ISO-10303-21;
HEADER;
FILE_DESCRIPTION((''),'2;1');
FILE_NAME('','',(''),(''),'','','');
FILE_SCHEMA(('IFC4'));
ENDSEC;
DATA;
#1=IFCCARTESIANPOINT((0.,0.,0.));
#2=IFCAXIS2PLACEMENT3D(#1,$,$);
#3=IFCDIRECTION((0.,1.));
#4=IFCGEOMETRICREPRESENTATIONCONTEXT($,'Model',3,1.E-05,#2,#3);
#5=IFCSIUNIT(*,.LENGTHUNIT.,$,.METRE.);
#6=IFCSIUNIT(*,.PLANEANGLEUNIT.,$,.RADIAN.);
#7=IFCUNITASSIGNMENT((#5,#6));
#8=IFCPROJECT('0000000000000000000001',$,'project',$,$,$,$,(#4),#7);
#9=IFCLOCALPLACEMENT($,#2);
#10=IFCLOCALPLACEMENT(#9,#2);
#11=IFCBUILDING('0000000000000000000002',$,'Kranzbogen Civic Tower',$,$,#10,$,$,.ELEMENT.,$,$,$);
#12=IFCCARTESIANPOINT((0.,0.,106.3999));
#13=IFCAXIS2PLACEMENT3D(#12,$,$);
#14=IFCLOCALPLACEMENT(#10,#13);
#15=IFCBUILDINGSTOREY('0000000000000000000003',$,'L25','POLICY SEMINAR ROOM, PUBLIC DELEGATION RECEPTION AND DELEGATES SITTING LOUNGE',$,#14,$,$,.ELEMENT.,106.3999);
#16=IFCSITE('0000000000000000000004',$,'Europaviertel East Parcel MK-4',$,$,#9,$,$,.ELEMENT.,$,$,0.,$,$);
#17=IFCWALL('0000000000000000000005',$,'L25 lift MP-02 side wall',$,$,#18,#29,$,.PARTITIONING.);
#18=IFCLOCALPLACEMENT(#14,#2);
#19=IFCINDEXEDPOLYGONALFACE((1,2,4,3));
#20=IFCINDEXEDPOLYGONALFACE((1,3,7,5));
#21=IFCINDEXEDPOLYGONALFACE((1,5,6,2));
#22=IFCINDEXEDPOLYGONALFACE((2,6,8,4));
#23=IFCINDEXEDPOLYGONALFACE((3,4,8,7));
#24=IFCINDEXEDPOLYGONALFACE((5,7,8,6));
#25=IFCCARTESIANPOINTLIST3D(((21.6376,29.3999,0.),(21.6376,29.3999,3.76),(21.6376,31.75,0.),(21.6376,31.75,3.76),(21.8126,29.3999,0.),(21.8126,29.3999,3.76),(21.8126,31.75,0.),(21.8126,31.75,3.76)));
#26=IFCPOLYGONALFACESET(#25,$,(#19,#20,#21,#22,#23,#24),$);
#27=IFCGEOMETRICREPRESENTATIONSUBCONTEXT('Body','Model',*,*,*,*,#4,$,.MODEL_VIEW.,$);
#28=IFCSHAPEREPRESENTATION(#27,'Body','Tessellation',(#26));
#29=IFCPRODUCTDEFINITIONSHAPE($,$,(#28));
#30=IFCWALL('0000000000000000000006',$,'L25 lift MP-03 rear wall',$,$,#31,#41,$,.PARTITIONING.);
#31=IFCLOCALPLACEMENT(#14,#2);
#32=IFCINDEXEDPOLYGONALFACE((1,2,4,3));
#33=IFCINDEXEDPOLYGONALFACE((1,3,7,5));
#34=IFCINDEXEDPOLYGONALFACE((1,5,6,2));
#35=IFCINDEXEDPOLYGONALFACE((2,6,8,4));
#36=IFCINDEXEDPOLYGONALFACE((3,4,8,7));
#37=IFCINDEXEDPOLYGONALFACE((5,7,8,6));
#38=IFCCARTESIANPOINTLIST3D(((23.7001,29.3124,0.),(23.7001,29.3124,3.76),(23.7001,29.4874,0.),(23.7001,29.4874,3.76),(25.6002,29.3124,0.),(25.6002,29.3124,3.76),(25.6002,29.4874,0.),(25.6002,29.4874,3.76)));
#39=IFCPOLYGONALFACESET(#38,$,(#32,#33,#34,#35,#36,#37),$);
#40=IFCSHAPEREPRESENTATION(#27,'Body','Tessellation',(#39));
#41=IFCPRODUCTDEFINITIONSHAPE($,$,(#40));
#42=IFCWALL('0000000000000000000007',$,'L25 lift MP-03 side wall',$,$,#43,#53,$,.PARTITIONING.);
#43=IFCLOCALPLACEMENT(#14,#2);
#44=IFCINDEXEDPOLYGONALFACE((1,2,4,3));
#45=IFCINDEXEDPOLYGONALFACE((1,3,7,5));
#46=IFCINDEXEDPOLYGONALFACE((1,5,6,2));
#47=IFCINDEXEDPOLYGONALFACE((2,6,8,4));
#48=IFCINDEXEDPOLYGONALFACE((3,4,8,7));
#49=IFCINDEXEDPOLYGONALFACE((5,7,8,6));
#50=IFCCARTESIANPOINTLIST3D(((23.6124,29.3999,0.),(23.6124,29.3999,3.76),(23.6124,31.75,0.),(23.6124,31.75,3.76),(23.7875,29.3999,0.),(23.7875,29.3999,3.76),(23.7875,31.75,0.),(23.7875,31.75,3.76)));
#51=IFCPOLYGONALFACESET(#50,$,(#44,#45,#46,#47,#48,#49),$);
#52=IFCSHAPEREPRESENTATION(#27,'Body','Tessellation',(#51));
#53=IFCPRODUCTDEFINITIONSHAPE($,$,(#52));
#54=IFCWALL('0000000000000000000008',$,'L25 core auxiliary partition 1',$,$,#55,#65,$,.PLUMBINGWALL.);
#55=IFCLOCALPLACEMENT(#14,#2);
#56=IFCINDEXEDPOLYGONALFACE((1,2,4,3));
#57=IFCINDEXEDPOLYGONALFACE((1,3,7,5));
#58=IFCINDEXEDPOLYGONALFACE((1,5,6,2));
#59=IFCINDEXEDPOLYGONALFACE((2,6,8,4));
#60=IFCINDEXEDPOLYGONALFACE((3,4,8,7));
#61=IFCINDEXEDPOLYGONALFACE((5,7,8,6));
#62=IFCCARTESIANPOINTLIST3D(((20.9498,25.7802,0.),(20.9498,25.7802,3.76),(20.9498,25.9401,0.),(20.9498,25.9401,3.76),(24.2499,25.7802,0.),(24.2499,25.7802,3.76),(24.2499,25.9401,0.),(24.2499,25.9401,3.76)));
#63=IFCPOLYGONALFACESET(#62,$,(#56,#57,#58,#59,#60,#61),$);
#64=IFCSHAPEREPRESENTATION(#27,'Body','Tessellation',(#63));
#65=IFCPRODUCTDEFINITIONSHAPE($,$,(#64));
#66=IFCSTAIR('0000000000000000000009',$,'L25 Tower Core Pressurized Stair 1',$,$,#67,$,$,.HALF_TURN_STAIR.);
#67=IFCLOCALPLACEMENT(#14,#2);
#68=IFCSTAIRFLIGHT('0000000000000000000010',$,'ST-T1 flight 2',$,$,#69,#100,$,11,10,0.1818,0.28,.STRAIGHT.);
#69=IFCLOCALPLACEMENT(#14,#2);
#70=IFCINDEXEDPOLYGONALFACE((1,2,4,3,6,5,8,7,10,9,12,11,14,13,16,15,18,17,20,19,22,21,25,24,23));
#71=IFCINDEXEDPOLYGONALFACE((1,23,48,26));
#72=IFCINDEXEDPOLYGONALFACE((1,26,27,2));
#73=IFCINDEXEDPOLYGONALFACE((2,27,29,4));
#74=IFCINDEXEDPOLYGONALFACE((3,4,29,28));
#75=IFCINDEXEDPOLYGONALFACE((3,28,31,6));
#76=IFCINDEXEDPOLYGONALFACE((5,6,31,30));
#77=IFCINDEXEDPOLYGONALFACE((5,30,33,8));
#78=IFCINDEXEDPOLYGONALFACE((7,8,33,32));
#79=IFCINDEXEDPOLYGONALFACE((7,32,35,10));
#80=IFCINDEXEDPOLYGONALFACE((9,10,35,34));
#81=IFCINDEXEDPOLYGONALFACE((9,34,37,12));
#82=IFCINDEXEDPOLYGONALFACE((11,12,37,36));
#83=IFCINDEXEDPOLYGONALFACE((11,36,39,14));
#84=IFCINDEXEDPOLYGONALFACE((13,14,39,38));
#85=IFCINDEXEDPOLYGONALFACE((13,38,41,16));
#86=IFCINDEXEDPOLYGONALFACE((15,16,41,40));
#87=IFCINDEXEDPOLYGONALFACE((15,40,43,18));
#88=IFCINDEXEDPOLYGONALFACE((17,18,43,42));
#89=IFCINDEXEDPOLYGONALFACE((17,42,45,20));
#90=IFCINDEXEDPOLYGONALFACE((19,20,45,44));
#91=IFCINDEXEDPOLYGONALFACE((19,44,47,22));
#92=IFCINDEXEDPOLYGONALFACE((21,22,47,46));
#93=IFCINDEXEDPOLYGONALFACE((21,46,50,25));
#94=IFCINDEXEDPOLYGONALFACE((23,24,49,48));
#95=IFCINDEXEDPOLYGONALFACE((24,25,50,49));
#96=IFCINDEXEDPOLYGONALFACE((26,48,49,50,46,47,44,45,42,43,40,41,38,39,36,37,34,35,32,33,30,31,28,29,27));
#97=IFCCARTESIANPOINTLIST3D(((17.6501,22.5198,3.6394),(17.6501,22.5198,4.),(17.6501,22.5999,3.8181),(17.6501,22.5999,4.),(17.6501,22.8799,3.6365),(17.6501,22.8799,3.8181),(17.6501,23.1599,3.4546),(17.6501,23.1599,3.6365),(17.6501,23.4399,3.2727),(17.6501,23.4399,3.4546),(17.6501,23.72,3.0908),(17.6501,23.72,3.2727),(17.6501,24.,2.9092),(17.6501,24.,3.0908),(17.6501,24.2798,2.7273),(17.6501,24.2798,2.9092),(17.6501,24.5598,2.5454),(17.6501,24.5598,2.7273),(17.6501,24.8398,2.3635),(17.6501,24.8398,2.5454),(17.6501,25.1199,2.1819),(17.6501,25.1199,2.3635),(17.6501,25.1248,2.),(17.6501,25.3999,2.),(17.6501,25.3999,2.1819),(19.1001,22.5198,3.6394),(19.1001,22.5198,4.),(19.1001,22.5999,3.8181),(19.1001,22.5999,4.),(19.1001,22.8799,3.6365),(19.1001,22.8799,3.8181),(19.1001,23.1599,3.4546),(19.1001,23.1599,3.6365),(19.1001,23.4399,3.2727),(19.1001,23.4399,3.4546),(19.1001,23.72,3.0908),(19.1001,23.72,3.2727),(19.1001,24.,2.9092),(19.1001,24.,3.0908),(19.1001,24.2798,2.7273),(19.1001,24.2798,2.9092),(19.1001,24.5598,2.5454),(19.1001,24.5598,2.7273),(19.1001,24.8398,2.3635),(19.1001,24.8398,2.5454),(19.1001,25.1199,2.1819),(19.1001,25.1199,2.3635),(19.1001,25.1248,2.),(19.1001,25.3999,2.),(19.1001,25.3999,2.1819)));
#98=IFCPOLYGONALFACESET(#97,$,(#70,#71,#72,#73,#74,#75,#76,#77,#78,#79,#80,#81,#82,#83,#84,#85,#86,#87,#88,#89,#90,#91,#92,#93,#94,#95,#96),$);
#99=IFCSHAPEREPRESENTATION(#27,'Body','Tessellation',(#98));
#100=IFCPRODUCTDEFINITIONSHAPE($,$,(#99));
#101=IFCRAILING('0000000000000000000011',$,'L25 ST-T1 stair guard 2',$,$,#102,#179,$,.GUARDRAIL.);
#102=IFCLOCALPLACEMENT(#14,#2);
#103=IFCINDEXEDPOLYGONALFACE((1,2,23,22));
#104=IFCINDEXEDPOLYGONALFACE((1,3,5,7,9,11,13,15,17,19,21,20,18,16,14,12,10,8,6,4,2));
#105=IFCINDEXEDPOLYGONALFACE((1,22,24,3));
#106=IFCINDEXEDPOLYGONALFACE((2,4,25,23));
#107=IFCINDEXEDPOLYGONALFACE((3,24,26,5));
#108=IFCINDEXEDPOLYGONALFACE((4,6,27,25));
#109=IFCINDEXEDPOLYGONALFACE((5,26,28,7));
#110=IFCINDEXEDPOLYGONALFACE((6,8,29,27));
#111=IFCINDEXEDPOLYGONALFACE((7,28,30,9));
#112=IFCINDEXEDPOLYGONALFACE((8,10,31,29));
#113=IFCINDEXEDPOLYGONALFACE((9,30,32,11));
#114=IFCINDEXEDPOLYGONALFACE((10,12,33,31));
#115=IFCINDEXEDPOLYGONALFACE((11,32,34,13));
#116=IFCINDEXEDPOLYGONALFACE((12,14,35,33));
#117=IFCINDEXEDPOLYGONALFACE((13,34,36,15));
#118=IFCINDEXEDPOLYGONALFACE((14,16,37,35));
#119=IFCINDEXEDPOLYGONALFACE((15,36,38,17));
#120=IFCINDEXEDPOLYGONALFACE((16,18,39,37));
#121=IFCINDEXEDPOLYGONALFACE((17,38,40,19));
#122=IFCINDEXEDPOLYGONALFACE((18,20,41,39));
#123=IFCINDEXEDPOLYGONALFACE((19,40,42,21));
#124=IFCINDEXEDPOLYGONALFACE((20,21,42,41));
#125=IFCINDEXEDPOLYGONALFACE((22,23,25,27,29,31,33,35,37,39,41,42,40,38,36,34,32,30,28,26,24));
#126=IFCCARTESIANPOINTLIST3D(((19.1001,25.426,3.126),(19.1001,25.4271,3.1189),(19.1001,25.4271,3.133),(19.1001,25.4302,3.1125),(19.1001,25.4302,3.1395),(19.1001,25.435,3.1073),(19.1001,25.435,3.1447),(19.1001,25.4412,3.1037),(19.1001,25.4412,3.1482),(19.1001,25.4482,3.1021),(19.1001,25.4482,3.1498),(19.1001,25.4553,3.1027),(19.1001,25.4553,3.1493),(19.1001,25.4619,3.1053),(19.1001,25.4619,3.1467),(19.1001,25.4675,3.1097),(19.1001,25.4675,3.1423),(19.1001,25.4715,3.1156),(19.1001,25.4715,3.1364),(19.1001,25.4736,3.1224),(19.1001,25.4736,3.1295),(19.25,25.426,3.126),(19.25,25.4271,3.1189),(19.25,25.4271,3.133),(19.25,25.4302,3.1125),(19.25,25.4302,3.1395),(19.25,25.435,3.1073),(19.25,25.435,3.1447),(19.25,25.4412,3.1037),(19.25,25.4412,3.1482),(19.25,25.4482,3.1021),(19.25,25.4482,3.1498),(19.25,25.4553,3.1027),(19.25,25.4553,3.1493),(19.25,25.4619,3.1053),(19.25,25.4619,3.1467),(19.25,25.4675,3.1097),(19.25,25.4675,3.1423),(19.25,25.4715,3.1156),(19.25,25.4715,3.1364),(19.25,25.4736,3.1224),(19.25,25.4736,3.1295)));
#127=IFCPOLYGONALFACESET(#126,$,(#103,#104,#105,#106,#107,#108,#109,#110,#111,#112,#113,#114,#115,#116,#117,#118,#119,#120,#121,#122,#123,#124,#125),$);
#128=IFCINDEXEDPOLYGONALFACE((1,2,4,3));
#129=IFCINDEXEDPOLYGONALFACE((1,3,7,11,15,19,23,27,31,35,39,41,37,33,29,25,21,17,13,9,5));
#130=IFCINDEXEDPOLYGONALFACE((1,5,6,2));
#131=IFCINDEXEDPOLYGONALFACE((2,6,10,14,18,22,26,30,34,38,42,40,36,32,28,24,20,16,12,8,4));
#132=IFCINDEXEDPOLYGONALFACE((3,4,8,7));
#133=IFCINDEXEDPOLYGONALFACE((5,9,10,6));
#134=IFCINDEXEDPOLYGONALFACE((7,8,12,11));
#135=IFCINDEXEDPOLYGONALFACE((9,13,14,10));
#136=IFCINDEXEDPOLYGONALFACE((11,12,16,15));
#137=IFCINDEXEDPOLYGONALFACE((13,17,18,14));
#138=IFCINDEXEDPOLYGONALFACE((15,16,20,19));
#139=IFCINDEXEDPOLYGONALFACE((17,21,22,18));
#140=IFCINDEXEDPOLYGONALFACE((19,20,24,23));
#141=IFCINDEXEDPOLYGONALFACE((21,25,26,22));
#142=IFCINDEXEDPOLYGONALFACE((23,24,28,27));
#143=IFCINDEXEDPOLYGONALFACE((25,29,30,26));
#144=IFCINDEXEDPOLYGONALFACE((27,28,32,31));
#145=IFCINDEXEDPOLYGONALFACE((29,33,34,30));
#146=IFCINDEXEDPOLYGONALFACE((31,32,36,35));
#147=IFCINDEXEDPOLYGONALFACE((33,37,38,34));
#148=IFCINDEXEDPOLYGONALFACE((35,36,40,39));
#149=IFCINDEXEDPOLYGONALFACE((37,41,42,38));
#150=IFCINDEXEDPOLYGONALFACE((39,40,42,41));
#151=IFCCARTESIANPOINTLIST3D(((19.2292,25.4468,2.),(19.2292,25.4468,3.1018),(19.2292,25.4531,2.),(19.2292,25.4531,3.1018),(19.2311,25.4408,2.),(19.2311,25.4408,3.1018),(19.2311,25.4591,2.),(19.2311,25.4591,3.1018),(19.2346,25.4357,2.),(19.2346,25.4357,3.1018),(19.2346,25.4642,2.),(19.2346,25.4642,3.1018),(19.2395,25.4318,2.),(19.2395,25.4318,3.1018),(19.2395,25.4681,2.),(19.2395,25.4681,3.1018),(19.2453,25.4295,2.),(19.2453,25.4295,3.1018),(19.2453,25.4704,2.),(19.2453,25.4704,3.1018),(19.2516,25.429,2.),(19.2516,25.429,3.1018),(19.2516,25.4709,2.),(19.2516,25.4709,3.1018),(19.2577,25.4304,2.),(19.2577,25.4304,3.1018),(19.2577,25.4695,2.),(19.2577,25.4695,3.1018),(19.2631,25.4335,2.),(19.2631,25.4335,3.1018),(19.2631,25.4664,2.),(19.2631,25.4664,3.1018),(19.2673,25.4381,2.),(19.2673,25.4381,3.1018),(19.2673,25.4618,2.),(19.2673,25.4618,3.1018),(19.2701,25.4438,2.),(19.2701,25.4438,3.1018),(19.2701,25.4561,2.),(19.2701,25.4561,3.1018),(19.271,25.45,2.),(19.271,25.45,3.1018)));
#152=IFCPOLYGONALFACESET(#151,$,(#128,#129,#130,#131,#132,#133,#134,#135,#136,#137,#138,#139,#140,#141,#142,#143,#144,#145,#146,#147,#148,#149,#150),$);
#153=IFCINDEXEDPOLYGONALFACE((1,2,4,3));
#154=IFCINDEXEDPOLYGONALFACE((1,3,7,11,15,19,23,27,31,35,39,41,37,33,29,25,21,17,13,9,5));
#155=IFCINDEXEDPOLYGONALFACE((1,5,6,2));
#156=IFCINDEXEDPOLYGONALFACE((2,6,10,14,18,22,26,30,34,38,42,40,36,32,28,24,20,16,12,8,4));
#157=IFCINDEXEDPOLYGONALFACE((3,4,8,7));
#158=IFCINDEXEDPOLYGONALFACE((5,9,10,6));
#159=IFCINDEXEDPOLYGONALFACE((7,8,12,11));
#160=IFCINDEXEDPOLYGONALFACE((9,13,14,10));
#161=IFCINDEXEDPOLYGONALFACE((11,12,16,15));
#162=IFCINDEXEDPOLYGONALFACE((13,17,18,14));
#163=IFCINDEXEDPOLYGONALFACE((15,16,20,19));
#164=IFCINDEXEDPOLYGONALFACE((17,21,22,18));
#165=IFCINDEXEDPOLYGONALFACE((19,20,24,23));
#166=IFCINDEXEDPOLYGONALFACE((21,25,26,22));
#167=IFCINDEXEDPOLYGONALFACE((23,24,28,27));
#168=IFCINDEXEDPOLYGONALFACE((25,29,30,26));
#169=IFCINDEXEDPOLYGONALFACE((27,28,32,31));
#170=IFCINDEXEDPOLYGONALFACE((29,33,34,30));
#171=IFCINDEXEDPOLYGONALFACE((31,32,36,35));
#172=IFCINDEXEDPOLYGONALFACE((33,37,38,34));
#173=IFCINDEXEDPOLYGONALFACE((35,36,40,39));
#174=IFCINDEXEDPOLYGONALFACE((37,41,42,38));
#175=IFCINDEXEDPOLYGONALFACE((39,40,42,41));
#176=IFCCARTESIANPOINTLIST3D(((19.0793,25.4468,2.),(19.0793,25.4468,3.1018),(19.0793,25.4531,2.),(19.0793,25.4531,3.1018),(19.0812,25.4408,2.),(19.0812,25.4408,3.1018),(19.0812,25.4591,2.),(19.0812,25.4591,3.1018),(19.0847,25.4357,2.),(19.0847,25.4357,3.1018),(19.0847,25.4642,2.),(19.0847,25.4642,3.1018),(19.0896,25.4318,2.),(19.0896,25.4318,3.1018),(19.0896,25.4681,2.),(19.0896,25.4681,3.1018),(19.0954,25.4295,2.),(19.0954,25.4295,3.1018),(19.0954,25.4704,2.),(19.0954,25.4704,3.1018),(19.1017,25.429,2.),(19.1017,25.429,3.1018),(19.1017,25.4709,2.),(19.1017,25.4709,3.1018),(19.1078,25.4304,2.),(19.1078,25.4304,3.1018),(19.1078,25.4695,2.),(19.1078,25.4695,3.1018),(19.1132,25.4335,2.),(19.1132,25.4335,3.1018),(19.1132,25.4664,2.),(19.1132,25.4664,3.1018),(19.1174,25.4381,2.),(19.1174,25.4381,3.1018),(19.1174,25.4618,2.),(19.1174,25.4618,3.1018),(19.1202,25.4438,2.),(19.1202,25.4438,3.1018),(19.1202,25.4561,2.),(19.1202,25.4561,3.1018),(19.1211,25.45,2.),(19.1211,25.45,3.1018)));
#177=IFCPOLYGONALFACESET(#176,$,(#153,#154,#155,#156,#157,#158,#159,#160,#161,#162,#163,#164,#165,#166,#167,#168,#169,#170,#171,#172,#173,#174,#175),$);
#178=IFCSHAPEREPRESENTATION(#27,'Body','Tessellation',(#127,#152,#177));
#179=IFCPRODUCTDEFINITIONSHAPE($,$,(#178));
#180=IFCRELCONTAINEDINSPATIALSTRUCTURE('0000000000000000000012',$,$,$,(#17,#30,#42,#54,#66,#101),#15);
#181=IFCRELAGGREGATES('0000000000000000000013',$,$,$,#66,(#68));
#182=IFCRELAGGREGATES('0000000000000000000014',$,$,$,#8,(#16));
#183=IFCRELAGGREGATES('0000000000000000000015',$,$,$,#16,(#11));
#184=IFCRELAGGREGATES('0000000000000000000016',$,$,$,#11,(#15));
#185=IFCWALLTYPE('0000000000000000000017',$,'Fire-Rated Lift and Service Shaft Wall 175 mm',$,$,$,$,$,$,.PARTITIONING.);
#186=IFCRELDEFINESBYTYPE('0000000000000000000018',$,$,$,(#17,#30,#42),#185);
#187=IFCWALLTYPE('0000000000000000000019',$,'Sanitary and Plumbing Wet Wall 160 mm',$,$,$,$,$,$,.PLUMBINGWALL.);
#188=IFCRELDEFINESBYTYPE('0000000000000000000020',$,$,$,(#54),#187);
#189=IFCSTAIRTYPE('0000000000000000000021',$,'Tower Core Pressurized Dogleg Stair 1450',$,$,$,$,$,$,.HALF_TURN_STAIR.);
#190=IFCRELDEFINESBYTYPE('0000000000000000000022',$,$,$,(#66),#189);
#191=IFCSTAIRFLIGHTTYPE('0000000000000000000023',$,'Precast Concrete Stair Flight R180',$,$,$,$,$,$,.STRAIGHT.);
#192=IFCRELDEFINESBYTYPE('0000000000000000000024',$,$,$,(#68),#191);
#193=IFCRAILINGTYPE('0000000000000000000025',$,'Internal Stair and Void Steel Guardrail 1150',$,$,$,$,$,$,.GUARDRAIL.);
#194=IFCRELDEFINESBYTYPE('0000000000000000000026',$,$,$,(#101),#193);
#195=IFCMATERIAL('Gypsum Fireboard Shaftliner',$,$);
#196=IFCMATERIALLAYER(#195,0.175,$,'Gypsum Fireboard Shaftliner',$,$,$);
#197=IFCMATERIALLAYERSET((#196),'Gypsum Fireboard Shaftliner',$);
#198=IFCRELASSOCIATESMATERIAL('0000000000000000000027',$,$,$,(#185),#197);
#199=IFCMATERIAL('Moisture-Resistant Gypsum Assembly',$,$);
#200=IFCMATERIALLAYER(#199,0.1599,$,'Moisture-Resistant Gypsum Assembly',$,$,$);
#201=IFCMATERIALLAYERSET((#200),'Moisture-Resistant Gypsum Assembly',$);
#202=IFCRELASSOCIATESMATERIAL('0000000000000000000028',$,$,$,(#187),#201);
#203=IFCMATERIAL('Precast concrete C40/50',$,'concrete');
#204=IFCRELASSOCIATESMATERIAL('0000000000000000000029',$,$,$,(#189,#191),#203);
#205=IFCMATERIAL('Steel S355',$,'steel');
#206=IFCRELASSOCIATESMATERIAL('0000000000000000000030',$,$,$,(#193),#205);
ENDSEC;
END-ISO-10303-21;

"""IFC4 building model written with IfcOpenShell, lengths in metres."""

from ifc_helpers import new_model, si_unit, direction, frame, frame_2d, origin, origin_2d, place, context, subcontext, project, spatial, polyline, rectangle, circle, outline, extrude, material, layer, layer_set, type_object, element, aggregate, save


model = new_model("IFC4")

# Units and contexts
model_context = context("Model", 3, precision=1e-05, world=origin(), true_north=direction((0.0, 1.0)))
body_context = subcontext(model_context, "Body", "Model", "MODEL_VIEW")
ifc_project = project(units=[si_unit("LENGTHUNIT", "METRE"), si_unit("PLANEANGLEUNIT", "RADIAN")], contexts=[model_context])

# Site, building, storey
site_placement = place(None, origin())
site = spatial("IfcSite", under=ifc_project, at=site_placement, Name="Europaviertel East Parcel MK-4", CompositionType="ELEMENT", RefElevation=0.0)
building_placement = place(site_placement, origin())
building = spatial("IfcBuilding", under=site, at=building_placement, Name="Kranzbogen Civic Tower", CompositionType="ELEMENT")
storey_placement = place(building_placement, frame((0.0, 0.0, 106.3999)))
storey = spatial("IfcBuildingStorey", under=building, at=storey_placement, Name="L25", Description="POLICY SEMINAR ROOM, PUBLIC DELEGATION RECEPTION AND DELEGATES SITTING LOUNGE", CompositionType="ELEMENT", Elevation=106.3999)

# Shared definitions
ifc_material_1 = material(Name="Steel S355", Category="steel")

# Walls
ifc_material_2 = material(Name="Gypsum Fireboard Shaftliner")
ifc_layer_1 = layer(ifc_material_2, 0.175, Name="Gypsum Fireboard Shaftliner")
ifc_layer_set_1 = layer_set([ifc_layer_1], Name="Gypsum Fireboard Shaftliner")
wall_type_1 = type_object("IfcWallType", Name="Fire-Rated Lift and Service Shaft Wall 175 mm", PredefinedType="PARTITIONING", material=ifc_layer_set_1)
wall_1_placement = place(storey_placement, frame((21.7251, 29.3999, 0.0), z_axis=(0.0, 0.0, 1.0), x_axis=(0.0, 1.0, 0.0)))
element("IfcWall", 1, at=wall_1_placement, inside=storey, type_object=wall_type_1, Name="L25 lift MP-02 side wall", PredefinedType="PARTITIONING", context=body_context, shape_type="SweptSolid", body=[
    extrude(rectangle(XDim=2.3501, YDim=0.175, at=frame_2d((1.175, 0.0))), origin(), (0.0, 0.0, 1.0), 3.76),
])
wall_2_placement = place(storey_placement, frame((23.7, 29.3999, 0.0), z_axis=(0.0, 0.0, 1.0), x_axis=(1.0, 0.0, 0.0)))
element("IfcWall", 2, at=wall_2_placement, inside=storey, type_object=wall_type_1, Name="L25 lift MP-03 rear wall", PredefinedType="PARTITIONING", context=body_context, shape_type="SweptSolid", body=[
    extrude(rectangle(XDim=1.9001, YDim=0.175, at=frame_2d((0.9502, 0.0))), origin(), (0.0, 0.0, 1.0), 3.76),
])
wall_3_placement = place(storey_placement, frame((23.7, 29.3999, 0.0), z_axis=(0.0, 0.0, 1.0), x_axis=(0.0, 1.0, 0.0)))
element("IfcWall", 3, at=wall_3_placement, inside=storey, type_object=wall_type_1, Name="L25 lift MP-03 side wall", PredefinedType="PARTITIONING", context=body_context, shape_type="SweptSolid", body=[
    extrude(rectangle(XDim=2.3501, YDim=0.175, at=frame_2d((1.175, 0.0))), origin(), (0.0, 0.0, 1.0), 3.76),
])
ifc_material_3 = material(Name="Moisture-Resistant Gypsum Assembly")
ifc_layer_2 = layer(ifc_material_3, 0.1599, Name="Moisture-Resistant Gypsum Assembly")
ifc_layer_set_2 = layer_set([ifc_layer_2], Name="Moisture-Resistant Gypsum Assembly")
wall_type_2 = type_object("IfcWallType", Name="Sanitary and Plumbing Wet Wall 160 mm", PredefinedType="PLUMBINGWALL", material=ifc_layer_set_2)
wall_4_placement = place(storey_placement, frame((20.95, 25.8601, 0.0), z_axis=(0.0, 0.0, 1.0), x_axis=(1.0, 0.0, 0.0)))
element("IfcWall", 4, at=wall_4_placement, inside=storey, type_object=wall_type_2, Name="L25 core auxiliary partition 1", PredefinedType="PLUMBINGWALL", context=body_context, shape_type="SweptSolid", body=[
    extrude(rectangle(XDim=3.3, YDim=0.1599, at=frame_2d((1.6499, 0.0))), origin(), (0.0, 0.0, 1.0), 3.76),
])

# Stair, stair flight
ifc_material_4 = material(Name="Precast concrete C40/50", Category="concrete")
stair_type = type_object("IfcStairType", Name="Tower Core Pressurized Dogleg Stair 1450", PredefinedType="HALF_TURN_STAIR", material=ifc_material_4)
stair_placement = place(storey_placement, origin())
stair = element("IfcStair", 5, at=stair_placement, inside=storey, type_object=stair_type, Name="L25 Tower Core Pressurized Stair 1", PredefinedType="HALF_TURN_STAIR")
stair_flight_type = type_object("IfcStairFlightType", Name="Precast Concrete Stair Flight R180", PredefinedType="STRAIGHT", material=ifc_material_4)
stair_flight_placement = place(storey_placement, frame((18.375, 25.3999, 2.0), z_axis=(0.0, 0.0, 1.0), x_axis=(0.0, -1.0, 0.0)))
stair_flight = element("IfcStairFlight", 6, at=stair_flight_placement, type_object=stair_flight_type, Name="ST-T1 flight 2", NumberOfRisers=11, NumberOfTreads=10, PredefinedType="STRAIGHT", RiserHeight=0.1818, TreadLength=0.28, context=body_context, shape_type="SweptSolid", body=[
    extrude(outline(polyline([(0.0, 0.0), (0.0, 0.1819), (0.28, 0.1819), (0.28, 0.3635), (0.5601, 0.3635), (0.5601, 0.5454), (0.8401, 0.5454), (0.8401, 0.7273), (1.1201, 0.7273), (1.1201, 0.9092), (1.3999, 0.9092), (1.3999, 1.0908), (1.6799, 1.0908), (1.6799, 1.2727), (1.96, 1.2727), (1.96, 1.4546), (2.24, 1.4546), (2.24, 1.6365), (2.52, 1.6365), (2.52, 1.8181), (2.8, 1.8181), (2.8, 2.0), (2.8801, 2.0), (2.8801, 1.6394), (0.2751, 0.0), (0.0, 0.0)])), frame((0.0, 0.7251, 0.0), z_axis=(0.0, -1.0, 0.0), x_axis=(1.0, 0.0, 0.0)), (0.0, 0.0, 1.0), 1.45),
])
aggregate(stair, [stair_flight])

# Railing
railing_type_1 = type_object("IfcRailingType", Name="Internal Stair and Void Steel Guardrail 1150", PredefinedType="GUARDRAIL", material=ifc_material_1)
railing_1_placement = place(storey_placement, frame((19.25, 25.45, 2.0)))
element("IfcRailing", 7, at=railing_1_placement, inside=storey, type_object=railing_type_1, Name="L25 ST-T1 stair guard 2", PredefinedType="GUARDRAIL", context=body_context, shape_type="SweptSolid", body=[
    extrude(circle(Radius=0.0239, at=origin_2d()), frame((0.0, 0.0, 1.126), z_axis=(-1.0, 0.0, 0.0), x_axis=(0.0, -1.0, 0.0)), (0.0, 0.0, 1.0), 0.1499),
    extrude(circle(Radius=0.021, at=origin_2d()), origin(), (0.0, 0.0, 1.0), 1.1018),
    extrude(circle(Radius=0.021, at=origin_2d()), frame((-0.1499, 0.0, 0.0)), (0.0, 0.0, 1.0), 1.1018),
])

save(model, "model.ifc")
